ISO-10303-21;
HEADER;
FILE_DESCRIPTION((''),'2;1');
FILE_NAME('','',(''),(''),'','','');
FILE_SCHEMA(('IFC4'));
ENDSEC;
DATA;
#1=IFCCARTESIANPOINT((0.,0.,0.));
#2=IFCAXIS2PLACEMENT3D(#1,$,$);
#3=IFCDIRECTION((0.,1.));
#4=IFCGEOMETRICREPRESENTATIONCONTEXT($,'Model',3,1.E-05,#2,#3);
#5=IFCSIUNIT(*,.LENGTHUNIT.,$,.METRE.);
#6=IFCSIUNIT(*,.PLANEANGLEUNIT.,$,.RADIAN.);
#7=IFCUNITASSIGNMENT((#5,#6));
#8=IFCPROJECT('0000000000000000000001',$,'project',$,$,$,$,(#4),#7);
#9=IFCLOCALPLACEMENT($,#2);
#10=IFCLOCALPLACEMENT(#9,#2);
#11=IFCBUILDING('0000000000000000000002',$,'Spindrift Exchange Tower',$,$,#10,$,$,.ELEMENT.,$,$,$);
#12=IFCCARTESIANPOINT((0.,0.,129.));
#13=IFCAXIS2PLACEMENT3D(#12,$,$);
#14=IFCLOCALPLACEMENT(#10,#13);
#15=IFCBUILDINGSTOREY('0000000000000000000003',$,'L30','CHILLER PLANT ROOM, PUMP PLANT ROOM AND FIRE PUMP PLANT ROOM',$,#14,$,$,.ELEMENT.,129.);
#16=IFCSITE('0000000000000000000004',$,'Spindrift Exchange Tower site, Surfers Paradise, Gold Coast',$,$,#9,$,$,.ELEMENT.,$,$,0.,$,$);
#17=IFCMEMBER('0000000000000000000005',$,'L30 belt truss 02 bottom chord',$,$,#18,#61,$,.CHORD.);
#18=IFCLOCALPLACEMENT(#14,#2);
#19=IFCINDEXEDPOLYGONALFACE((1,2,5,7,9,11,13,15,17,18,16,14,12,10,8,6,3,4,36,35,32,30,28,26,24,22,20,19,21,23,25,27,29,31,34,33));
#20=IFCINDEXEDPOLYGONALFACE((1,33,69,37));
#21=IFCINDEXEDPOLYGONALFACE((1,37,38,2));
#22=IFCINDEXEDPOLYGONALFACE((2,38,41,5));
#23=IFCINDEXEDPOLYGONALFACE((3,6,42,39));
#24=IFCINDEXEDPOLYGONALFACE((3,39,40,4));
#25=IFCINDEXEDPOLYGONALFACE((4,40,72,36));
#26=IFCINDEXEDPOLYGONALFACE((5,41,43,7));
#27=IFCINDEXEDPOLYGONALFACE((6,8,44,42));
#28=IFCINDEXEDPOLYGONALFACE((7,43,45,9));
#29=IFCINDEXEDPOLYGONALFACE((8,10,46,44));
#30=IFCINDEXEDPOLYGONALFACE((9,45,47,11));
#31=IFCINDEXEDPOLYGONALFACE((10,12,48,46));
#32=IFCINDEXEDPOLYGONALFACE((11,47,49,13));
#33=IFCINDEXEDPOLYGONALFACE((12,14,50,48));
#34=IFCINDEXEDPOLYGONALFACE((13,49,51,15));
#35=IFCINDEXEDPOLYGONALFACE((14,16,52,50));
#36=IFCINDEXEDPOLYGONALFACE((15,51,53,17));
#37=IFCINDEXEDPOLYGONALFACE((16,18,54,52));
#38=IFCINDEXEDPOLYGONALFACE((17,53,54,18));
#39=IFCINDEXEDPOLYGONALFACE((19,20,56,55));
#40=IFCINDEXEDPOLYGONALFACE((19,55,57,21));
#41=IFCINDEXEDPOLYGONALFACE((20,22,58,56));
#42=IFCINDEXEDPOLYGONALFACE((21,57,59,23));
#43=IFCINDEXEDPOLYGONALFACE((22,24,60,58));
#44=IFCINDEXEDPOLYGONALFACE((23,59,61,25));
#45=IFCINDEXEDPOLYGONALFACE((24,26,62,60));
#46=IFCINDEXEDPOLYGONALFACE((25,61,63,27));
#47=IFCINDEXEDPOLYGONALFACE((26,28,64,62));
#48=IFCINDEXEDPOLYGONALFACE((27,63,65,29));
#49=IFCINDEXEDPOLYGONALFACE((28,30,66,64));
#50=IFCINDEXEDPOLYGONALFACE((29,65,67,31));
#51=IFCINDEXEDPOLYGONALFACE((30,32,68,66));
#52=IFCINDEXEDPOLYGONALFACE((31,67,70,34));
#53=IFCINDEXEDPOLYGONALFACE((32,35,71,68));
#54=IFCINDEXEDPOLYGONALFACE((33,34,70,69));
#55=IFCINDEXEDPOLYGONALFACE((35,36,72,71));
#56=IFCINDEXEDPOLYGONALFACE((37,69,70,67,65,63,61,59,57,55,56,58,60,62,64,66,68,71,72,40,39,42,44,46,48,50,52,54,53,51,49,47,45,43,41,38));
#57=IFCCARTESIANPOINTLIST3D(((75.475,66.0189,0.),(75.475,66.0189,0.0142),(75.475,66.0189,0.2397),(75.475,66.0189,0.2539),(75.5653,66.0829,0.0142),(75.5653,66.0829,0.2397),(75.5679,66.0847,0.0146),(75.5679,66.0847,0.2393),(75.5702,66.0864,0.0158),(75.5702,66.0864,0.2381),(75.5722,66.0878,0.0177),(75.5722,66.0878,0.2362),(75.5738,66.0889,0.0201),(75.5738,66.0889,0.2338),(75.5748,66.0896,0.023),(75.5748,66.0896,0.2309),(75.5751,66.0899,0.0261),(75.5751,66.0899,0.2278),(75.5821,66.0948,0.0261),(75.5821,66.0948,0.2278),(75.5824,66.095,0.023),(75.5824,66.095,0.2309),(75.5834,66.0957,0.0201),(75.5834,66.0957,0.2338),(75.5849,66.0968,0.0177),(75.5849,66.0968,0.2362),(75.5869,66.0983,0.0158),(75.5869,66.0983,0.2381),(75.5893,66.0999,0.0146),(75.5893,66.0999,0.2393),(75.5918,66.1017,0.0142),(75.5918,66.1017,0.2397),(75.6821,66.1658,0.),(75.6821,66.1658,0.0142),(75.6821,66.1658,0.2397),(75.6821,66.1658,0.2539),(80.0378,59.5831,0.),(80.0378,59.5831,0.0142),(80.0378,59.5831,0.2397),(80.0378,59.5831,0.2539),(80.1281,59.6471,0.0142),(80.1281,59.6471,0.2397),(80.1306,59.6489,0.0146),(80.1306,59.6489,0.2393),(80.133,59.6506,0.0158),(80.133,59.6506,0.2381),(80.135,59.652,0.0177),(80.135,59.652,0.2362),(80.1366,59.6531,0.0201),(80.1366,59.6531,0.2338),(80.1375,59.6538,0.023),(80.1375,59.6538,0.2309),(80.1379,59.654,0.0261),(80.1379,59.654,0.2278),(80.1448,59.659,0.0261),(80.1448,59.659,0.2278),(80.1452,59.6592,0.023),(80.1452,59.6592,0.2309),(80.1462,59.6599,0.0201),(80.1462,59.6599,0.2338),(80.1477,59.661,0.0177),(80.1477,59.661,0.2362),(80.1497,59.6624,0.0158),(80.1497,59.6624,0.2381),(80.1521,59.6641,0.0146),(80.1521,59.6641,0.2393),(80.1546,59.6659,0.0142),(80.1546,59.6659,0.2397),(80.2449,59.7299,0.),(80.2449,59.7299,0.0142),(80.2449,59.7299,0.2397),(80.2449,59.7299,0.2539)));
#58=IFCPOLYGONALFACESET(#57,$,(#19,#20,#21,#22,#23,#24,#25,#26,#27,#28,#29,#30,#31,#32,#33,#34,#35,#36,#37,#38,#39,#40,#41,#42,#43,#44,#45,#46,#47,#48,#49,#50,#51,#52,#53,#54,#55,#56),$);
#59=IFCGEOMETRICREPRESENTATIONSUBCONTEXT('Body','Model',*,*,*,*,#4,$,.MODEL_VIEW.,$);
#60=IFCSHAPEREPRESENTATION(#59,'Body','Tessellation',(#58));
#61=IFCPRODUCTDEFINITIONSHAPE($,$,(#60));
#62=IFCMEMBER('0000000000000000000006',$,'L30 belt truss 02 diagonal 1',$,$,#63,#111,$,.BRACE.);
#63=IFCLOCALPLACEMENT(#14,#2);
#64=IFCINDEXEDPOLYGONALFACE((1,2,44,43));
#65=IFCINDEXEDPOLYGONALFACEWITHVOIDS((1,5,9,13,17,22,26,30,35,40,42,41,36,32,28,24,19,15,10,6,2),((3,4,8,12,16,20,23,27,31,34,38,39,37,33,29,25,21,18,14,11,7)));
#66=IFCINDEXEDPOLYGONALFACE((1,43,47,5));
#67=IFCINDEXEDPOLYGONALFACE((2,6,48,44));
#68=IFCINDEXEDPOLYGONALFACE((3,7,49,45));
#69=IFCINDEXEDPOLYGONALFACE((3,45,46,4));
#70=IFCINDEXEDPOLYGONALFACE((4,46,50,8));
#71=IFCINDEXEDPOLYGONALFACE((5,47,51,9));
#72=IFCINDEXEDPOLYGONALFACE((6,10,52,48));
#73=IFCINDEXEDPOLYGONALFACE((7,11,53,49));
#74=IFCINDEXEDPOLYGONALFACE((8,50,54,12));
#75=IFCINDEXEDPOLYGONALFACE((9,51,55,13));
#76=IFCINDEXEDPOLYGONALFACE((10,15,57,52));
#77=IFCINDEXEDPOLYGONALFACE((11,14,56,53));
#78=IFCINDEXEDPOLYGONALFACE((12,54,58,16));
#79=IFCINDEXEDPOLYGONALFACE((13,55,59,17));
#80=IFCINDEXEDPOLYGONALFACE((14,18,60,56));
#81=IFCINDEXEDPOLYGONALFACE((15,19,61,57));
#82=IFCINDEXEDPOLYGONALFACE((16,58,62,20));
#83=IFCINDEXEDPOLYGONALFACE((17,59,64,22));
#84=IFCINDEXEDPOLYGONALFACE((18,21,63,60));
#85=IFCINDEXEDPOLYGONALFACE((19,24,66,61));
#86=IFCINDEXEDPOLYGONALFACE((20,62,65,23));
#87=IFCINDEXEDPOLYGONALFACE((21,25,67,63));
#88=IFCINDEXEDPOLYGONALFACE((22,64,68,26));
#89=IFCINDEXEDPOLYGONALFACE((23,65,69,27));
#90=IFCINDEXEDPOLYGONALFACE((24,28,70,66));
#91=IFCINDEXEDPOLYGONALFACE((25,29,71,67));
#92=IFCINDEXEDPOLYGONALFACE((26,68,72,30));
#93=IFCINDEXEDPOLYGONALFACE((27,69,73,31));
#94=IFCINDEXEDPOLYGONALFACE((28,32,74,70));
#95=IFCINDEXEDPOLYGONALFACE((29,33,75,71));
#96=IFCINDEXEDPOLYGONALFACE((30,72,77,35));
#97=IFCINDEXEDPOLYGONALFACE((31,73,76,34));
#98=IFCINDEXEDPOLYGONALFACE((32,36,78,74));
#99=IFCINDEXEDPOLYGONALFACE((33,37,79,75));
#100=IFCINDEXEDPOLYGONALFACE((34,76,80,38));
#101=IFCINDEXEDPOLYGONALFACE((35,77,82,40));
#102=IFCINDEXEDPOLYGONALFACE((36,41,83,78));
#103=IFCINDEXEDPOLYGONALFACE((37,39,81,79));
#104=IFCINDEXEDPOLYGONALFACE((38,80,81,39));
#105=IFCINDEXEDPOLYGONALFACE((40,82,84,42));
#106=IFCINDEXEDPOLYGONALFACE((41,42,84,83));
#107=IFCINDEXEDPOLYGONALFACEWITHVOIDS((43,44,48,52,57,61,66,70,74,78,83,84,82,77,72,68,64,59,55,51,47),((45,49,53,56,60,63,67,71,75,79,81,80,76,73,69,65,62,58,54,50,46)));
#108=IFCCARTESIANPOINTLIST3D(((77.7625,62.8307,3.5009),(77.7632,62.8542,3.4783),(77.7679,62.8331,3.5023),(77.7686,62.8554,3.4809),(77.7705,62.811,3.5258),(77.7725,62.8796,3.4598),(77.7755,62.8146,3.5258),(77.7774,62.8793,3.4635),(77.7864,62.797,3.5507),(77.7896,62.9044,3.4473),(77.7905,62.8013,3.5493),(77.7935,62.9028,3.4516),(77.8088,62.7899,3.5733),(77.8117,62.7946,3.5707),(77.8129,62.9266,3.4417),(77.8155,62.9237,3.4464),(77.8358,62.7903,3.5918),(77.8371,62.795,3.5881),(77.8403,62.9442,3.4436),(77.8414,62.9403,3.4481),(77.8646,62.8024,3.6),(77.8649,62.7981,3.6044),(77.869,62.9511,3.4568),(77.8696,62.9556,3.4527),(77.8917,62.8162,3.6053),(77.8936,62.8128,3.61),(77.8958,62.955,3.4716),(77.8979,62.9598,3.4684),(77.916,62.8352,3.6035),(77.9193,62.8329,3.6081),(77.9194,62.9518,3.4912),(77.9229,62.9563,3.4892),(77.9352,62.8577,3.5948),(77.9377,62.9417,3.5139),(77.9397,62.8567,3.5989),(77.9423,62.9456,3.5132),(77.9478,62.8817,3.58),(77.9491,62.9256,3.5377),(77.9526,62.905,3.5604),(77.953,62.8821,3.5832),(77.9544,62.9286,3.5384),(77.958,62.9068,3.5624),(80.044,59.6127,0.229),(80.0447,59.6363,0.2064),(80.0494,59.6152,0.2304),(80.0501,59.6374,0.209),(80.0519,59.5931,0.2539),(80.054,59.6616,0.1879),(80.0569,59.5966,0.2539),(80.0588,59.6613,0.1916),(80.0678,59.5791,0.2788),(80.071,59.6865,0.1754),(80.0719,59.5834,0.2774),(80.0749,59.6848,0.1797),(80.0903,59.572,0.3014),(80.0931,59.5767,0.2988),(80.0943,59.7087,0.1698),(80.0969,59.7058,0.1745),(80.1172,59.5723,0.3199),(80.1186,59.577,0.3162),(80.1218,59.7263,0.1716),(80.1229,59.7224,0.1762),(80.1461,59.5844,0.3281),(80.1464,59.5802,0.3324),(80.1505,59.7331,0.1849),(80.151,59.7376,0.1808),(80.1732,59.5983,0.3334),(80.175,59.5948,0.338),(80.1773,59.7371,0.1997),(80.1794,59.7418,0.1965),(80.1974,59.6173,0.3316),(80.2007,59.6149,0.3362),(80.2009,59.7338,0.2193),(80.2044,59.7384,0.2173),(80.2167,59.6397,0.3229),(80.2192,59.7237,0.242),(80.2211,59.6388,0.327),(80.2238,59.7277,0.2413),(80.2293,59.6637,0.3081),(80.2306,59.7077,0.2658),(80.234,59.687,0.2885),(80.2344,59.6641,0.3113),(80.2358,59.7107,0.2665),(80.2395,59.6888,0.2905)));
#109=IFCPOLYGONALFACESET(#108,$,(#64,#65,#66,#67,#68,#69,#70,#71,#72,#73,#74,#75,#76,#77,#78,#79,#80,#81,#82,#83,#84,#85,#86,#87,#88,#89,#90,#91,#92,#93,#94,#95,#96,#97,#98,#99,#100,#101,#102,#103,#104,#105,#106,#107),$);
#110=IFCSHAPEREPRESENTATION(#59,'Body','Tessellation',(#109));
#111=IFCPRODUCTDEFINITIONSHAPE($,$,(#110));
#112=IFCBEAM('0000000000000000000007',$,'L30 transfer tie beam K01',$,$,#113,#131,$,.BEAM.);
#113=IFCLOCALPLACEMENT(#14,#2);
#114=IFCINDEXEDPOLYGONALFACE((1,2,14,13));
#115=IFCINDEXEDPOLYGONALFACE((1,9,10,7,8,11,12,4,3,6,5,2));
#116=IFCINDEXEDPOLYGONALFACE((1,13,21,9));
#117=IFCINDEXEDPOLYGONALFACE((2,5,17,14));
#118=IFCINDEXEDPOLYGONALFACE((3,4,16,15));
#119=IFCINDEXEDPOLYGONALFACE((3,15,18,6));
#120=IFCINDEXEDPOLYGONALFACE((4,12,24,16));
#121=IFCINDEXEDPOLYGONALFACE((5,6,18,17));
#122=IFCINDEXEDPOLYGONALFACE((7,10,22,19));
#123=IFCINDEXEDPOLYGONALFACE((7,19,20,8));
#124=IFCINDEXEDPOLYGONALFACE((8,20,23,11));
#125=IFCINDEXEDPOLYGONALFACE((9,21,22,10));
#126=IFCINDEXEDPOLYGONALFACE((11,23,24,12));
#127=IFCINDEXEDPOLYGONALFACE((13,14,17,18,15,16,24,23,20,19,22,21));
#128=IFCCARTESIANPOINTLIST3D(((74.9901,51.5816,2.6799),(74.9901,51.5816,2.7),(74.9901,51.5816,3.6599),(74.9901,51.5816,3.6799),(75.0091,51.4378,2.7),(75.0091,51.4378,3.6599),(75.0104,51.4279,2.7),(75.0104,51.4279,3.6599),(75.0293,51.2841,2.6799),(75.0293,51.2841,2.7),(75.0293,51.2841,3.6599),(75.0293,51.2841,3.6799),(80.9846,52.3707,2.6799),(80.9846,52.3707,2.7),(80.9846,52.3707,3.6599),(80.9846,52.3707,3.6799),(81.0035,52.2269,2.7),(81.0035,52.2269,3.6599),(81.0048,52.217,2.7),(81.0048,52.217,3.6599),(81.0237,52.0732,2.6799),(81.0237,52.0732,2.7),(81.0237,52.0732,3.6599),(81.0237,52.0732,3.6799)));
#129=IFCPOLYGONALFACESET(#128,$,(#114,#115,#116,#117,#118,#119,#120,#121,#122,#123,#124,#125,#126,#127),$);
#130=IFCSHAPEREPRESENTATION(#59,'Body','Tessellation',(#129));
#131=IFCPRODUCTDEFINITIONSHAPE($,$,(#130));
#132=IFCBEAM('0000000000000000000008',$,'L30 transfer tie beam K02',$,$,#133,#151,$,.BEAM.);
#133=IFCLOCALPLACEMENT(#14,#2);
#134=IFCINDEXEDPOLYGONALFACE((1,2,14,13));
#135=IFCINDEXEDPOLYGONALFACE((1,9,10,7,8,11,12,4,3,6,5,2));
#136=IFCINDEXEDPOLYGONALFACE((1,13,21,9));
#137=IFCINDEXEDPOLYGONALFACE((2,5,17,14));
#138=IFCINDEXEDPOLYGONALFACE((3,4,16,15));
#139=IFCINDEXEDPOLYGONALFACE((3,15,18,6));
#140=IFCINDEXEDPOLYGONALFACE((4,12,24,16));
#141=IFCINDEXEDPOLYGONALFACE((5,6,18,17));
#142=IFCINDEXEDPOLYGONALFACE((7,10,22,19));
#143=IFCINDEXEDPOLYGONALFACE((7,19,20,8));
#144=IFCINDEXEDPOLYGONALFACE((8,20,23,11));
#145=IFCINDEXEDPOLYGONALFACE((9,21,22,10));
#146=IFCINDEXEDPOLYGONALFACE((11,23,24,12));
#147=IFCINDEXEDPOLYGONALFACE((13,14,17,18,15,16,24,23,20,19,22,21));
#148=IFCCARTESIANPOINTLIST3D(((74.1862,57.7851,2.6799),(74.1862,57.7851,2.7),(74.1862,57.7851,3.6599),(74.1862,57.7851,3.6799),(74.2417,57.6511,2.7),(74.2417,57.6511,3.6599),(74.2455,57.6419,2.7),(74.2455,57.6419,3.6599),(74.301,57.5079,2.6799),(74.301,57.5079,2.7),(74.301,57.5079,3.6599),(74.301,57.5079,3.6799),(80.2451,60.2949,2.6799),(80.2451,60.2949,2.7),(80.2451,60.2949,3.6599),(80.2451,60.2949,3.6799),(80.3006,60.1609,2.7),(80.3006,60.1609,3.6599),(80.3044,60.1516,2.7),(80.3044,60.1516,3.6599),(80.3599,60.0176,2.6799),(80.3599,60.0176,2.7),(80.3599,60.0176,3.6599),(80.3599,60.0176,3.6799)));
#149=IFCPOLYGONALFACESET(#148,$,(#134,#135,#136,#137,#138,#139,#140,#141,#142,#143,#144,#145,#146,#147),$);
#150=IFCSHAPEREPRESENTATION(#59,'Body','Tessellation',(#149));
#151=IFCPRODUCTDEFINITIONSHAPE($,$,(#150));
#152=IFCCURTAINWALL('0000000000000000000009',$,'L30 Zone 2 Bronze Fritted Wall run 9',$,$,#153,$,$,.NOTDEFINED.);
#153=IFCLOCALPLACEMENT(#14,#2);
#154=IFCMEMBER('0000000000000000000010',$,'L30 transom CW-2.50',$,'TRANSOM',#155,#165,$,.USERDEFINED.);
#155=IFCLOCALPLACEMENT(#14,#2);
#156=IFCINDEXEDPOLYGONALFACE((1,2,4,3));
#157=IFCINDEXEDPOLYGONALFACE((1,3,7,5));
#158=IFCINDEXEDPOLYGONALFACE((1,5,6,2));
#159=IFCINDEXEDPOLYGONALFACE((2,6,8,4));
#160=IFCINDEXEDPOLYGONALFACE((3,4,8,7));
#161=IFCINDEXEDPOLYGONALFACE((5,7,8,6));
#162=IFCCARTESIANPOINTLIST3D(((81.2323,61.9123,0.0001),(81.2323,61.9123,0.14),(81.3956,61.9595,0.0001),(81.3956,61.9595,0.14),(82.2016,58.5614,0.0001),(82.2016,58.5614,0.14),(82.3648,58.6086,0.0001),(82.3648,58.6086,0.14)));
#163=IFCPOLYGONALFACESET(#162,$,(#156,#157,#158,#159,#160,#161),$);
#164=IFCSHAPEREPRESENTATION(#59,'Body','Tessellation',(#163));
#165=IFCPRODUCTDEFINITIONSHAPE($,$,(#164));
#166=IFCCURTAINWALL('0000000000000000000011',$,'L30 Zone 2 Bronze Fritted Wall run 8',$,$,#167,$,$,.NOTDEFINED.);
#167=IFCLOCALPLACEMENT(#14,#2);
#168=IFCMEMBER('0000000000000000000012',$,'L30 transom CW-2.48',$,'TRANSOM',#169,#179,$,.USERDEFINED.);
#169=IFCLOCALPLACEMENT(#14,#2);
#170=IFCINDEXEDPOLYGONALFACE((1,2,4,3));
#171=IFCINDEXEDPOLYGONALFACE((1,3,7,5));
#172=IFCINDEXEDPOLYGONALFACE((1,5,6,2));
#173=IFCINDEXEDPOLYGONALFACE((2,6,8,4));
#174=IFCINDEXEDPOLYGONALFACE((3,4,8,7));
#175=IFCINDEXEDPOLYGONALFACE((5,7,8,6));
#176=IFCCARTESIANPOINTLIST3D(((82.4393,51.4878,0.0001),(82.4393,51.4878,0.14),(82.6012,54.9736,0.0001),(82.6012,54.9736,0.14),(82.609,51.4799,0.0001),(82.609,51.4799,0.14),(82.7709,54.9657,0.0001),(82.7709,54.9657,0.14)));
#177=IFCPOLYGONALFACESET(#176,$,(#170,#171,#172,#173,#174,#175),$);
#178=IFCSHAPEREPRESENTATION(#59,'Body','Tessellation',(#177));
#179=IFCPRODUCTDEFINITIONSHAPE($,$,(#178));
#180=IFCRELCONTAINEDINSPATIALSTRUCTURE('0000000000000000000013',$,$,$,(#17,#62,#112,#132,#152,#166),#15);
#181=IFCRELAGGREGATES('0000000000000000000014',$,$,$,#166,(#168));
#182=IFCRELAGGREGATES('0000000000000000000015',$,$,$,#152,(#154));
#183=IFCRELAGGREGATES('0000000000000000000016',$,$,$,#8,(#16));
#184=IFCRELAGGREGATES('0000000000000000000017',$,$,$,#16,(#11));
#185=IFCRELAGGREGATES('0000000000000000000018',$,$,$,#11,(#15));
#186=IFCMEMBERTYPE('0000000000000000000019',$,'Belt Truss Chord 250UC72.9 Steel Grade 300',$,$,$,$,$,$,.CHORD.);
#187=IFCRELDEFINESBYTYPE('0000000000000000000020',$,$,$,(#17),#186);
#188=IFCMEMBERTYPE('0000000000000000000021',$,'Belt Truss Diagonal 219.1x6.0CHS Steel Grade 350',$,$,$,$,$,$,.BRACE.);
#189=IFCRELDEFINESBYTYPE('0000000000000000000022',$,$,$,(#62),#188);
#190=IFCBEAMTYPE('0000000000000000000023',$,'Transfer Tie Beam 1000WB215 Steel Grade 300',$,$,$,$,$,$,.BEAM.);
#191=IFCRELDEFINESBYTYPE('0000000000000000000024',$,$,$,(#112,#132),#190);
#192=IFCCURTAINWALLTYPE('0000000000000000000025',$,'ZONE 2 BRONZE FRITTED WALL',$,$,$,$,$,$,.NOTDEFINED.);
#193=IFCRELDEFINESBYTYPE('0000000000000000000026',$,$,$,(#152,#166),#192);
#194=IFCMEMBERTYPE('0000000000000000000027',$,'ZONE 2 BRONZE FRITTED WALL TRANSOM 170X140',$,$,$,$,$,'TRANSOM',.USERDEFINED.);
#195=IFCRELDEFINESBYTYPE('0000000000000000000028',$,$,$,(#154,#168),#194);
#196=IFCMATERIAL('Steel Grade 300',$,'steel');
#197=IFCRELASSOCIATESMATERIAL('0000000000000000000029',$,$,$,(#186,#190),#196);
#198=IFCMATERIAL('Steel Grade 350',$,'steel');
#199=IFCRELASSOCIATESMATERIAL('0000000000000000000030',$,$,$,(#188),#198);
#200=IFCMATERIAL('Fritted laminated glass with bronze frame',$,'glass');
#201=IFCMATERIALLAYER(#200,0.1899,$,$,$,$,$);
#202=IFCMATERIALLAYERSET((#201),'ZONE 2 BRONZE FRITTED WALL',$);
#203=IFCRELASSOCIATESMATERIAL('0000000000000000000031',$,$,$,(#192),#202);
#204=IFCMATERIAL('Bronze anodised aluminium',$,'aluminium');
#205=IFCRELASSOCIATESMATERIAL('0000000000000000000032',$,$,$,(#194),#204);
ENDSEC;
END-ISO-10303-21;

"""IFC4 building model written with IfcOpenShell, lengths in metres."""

from ifc_helpers import new_model, si_unit, direction, frame, origin, origin_2d, place, context, subcontext, project, spatial, rectangle, hollow_circle, i_section, extrude, source, transform, mapped, material, layer, layer_set, material_profile, profile_set, type_object, element, aggregate, save


model = new_model("IFC4")

# Units and contexts
model_context = context("Model", 3, precision=1e-05, world=origin(), true_north=direction((0.0, 1.0)))
body_context = subcontext(model_context, "Body", "Model", "MODEL_VIEW")
ifc_project = project(units=[si_unit("LENGTHUNIT", "METRE"), si_unit("PLANEANGLEUNIT", "RADIAN")], contexts=[model_context])

# Site, building, storey
site_placement = place(None, origin())
site = spatial("IfcSite", under=ifc_project, at=site_placement, Name="Spindrift Exchange Tower site, Surfers Paradise, Gold Coast", CompositionType="ELEMENT", RefElevation=0.0)
building_placement = place(site_placement, origin())
building = spatial("IfcBuilding", under=site, at=building_placement, Name="Spindrift Exchange Tower", CompositionType="ELEMENT")
storey_placement = place(building_placement, frame((0.0, 0.0, 129.0)))
storey = spatial("IfcBuildingStorey", under=building, at=storey_placement, Name="L30", Description="CHILLER PLANT ROOM, PUMP PLANT ROOM AND FIRE PUMP PLANT ROOM", CompositionType="ELEMENT", Elevation=129.0)

# Members
ifc_material_1 = material(Name="Steel Grade 300", Category="steel")
ifc_material_profile_1 = material_profile(ifc_material_1, i_section(OverallWidth=0.2539, OverallDepth=0.2539, WebThickness=0.0085, FlangeThickness=0.0142, FilletRadius=0.012, at=origin_2d()), Name="250UC72.9")
ifc_profile_set_1 = profile_set([ifc_material_profile_1], Name="Steel Grade 300")
member_type_1 = type_object("IfcMemberType", Name="Belt Truss Chord 250UC72.9 Steel Grade 300", PredefinedType="CHORD", material=ifc_profile_set_1)
ifc_material_2 = material(Name="Steel Grade 350", Category="steel")
ifc_material_profile_2 = material_profile(ifc_material_2, hollow_circle(Radius=0.1096, WallThickness=0.0061, at=origin_2d()), Name="219.1x6.0CHS")
ifc_profile_set_2 = profile_set([ifc_material_profile_2], Name="Steel Grade 350")
member_type_2 = type_object("IfcMemberType", Name="Belt Truss Diagonal 219.1x6.0CHS Steel Grade 350", PredefinedType="BRACE", material=ifc_profile_set_2)
shared_shape_1 = source(origin(), body_context, "Body", "SweptSolid", [
    extrude(i_section(OverallWidth=0.2539, OverallDepth=0.2539, WebThickness=0.0085, FlangeThickness=0.0142, FilletRadius=0.012, at=origin_2d()), origin(), (0.0, 0.0, 1.0), 7.8892),
])
for number, where, z_axis, x_axis, name in (
    (1, (80.1414, 59.6565, 0.127), (-0.57836, 0.815782, 0.0), (-0.815782, -0.57836, 0.0), "L30 belt truss 02 bottom chord"),
):
    element("IfcMember", number, at=place(storey_placement, frame(where, z_axis=z_axis, x_axis=x_axis)), inside=storey, type_object=member_type_1, Name=name, PredefinedType="CHORD", context=body_context, shape_type="MappedRepresentation", body=[
        mapped(shared_shape_1, transform((0.0, 0.0, 0.0), scale=1.0)),
    ])
shared_shape_2 = source(origin(), body_context, "Body", "SweptSolid", [
    extrude(hollow_circle(Radius=0.1096, WallThickness=0.0061, at=origin_2d()), origin(), (0.0, 0.0, 1.0), 5.125),
])
member_1_placement = place(storey_placement, frame((80.1414, 59.6565, 0.2539), z_axis=(-0.445161, 0.627894, 0.638421), x_axis=(-0.815777, -0.578366, 0.0)))
element("IfcMember", 2, at=member_1_placement, inside=storey, type_object=member_type_2, Name="L30 belt truss 02 diagonal 1", PredefinedType="BRACE", context=body_context, shape_type="MappedRepresentation", body=[
    mapped(shared_shape_2, transform((0.0, 0.0, 0.0), scale=1.0)),
])

# Beams
ifc_material_profile_3 = material_profile(ifc_material_1, i_section(OverallWidth=0.3, OverallDepth=1.0, WebThickness=0.01, FlangeThickness=0.02, at=origin_2d()), Name="1000WB215")
ifc_profile_set_3 = profile_set([ifc_material_profile_3], Name="Steel Grade 300")
beam_type = type_object("IfcBeamType", Name="Transfer Tie Beam 1000WB215 Steel Grade 300", PredefinedType="BEAM", material=ifc_profile_set_3)
shared_shape_3 = source(origin(), body_context, "Body", "SweptSolid", [
    extrude(i_section(OverallWidth=0.3, OverallDepth=1.0, WebThickness=0.01, FlangeThickness=0.02, at=origin_2d()), origin(), (0.0, 0.0, 1.0), 6.0461),
])
beam_1_placement = place(storey_placement, frame((81.0042, 52.2219, 3.1799), z_axis=(-0.991447, -0.130508, 0.0), x_axis=(0.130508, -0.991447, 0.0)))
element("IfcBeam", 3, at=beam_1_placement, inside=storey, type_object=beam_type, Name="L30 transfer tie beam K01", PredefinedType="BEAM", context=body_context, shape_type="MappedRepresentation", body=[
    mapped(shared_shape_3, transform((0.0, 0.0, 0.0), scale=1.0)),
])
shared_shape_4 = source(origin(), body_context, "Body", "SweptSolid", [
    extrude(i_section(OverallWidth=0.3, OverallDepth=1.0, WebThickness=0.01, FlangeThickness=0.02, at=origin_2d()), origin(), (0.0, 0.0, 1.0), 6.5581),
])
beam_2_placement = place(storey_placement, frame((80.3025, 60.1562, 3.1799), z_axis=(-0.923873, -0.382698, 0.0), x_axis=(0.382698, -0.923873, 0.0)))
element("IfcBeam", 4, at=beam_2_placement, inside=storey, type_object=beam_type, Name="L30 transfer tie beam K02", PredefinedType="BEAM", context=body_context, shape_type="MappedRepresentation", body=[
    mapped(shared_shape_4, transform((0.0, 0.0, 0.0), scale=1.0)),
])

# Curtain walls, members
ifc_material_3 = material(Name="Fritted laminated glass with bronze frame", Category="glass")
ifc_layer_1 = layer(ifc_material_3, 0.1899)
ifc_layer_set_1 = layer_set([ifc_layer_1], Name="ZONE 2 BRONZE FRITTED WALL")
curtain_wall_type = type_object("IfcCurtainWallType", Name="ZONE 2 BRONZE FRITTED WALL", PredefinedType="NOTDEFINED", material=ifc_layer_set_1)
curtain_wall_1_placement = place(storey_placement, origin())
curtain_wall_1 = element("IfcCurtainWall", 5, at=curtain_wall_1_placement, inside=storey, type_object=curtain_wall_type, Name="L30 Zone 2 Bronze Fritted Wall run 9", PredefinedType="NOTDEFINED")
ifc_material_4 = material(Name="Bronze anodised aluminium", Category="aluminium")
ifc_material_profile_4 = material_profile(ifc_material_4, rectangle(XDim=0.1699, YDim=0.1399, at=origin_2d()), Name="ZONE 2 BRONZE FRITTED WALL TRANSOM 170X140")
ifc_profile_set_4 = profile_set([ifc_material_profile_4], Name="Bronze anodised aluminium")
member_type_3 = type_object("IfcMemberType", Name="ZONE 2 BRONZE FRITTED WALL TRANSOM 170X140", ElementType="TRANSOM", PredefinedType="USERDEFINED", material=ifc_profile_set_4)
shared_shape_5 = source(origin(), body_context, "Body", "SweptSolid", [
    extrude(rectangle(XDim=0.1699, YDim=0.1399, at=origin_2d()), origin(), (0.0, 0.0, 1.0), 3.4883),
])
member_2_placement = place(storey_placement, frame((82.2832, 58.585, 0.0701), z_axis=(-0.277863, 0.960621, 0.0), x_axis=(-0.960621, -0.277863, 0.0)))
member_2 = element("IfcMember", 6, at=member_2_placement, type_object=member_type_3, Name="L30 transom CW-2.50", ObjectType="TRANSOM", PredefinedType="USERDEFINED", context=body_context, shape_type="MappedRepresentation", body=[
    mapped(shared_shape_5, transform((0.0, 0.0, 0.0), scale=1.0)),
])
curtain_wall_2_placement = place(storey_placement, origin())
curtain_wall_2 = element("IfcCurtainWall", 7, at=curtain_wall_2_placement, inside=storey, type_object=curtain_wall_type, Name="L30 Zone 2 Bronze Fritted Wall run 8", PredefinedType="NOTDEFINED")
shared_shape_6 = source(origin(), body_context, "Body", "SweptSolid", [
    extrude(rectangle(XDim=0.1699, YDim=0.1399, at=origin_2d()), origin(), (0.0, 0.0, 1.0), 3.4895),
])
member_3_placement = place(storey_placement, frame((82.5242, 51.4839, 0.0701), z_axis=(0.046385, 0.998924, 0.0), x_axis=(-0.998924, 0.046385, 0.0)))
member_3 = element("IfcMember", 8, at=member_3_placement, type_object=member_type_3, Name="L30 transom CW-2.48", ObjectType="TRANSOM", PredefinedType="USERDEFINED", context=body_context, shape_type="MappedRepresentation", body=[
    mapped(shared_shape_6, transform((0.0, 0.0, 0.0), scale=1.0)),
])

aggregate(curtain_wall_2, [member_3])
aggregate(curtain_wall_1, [member_2])

save(model, "model.ifc")
